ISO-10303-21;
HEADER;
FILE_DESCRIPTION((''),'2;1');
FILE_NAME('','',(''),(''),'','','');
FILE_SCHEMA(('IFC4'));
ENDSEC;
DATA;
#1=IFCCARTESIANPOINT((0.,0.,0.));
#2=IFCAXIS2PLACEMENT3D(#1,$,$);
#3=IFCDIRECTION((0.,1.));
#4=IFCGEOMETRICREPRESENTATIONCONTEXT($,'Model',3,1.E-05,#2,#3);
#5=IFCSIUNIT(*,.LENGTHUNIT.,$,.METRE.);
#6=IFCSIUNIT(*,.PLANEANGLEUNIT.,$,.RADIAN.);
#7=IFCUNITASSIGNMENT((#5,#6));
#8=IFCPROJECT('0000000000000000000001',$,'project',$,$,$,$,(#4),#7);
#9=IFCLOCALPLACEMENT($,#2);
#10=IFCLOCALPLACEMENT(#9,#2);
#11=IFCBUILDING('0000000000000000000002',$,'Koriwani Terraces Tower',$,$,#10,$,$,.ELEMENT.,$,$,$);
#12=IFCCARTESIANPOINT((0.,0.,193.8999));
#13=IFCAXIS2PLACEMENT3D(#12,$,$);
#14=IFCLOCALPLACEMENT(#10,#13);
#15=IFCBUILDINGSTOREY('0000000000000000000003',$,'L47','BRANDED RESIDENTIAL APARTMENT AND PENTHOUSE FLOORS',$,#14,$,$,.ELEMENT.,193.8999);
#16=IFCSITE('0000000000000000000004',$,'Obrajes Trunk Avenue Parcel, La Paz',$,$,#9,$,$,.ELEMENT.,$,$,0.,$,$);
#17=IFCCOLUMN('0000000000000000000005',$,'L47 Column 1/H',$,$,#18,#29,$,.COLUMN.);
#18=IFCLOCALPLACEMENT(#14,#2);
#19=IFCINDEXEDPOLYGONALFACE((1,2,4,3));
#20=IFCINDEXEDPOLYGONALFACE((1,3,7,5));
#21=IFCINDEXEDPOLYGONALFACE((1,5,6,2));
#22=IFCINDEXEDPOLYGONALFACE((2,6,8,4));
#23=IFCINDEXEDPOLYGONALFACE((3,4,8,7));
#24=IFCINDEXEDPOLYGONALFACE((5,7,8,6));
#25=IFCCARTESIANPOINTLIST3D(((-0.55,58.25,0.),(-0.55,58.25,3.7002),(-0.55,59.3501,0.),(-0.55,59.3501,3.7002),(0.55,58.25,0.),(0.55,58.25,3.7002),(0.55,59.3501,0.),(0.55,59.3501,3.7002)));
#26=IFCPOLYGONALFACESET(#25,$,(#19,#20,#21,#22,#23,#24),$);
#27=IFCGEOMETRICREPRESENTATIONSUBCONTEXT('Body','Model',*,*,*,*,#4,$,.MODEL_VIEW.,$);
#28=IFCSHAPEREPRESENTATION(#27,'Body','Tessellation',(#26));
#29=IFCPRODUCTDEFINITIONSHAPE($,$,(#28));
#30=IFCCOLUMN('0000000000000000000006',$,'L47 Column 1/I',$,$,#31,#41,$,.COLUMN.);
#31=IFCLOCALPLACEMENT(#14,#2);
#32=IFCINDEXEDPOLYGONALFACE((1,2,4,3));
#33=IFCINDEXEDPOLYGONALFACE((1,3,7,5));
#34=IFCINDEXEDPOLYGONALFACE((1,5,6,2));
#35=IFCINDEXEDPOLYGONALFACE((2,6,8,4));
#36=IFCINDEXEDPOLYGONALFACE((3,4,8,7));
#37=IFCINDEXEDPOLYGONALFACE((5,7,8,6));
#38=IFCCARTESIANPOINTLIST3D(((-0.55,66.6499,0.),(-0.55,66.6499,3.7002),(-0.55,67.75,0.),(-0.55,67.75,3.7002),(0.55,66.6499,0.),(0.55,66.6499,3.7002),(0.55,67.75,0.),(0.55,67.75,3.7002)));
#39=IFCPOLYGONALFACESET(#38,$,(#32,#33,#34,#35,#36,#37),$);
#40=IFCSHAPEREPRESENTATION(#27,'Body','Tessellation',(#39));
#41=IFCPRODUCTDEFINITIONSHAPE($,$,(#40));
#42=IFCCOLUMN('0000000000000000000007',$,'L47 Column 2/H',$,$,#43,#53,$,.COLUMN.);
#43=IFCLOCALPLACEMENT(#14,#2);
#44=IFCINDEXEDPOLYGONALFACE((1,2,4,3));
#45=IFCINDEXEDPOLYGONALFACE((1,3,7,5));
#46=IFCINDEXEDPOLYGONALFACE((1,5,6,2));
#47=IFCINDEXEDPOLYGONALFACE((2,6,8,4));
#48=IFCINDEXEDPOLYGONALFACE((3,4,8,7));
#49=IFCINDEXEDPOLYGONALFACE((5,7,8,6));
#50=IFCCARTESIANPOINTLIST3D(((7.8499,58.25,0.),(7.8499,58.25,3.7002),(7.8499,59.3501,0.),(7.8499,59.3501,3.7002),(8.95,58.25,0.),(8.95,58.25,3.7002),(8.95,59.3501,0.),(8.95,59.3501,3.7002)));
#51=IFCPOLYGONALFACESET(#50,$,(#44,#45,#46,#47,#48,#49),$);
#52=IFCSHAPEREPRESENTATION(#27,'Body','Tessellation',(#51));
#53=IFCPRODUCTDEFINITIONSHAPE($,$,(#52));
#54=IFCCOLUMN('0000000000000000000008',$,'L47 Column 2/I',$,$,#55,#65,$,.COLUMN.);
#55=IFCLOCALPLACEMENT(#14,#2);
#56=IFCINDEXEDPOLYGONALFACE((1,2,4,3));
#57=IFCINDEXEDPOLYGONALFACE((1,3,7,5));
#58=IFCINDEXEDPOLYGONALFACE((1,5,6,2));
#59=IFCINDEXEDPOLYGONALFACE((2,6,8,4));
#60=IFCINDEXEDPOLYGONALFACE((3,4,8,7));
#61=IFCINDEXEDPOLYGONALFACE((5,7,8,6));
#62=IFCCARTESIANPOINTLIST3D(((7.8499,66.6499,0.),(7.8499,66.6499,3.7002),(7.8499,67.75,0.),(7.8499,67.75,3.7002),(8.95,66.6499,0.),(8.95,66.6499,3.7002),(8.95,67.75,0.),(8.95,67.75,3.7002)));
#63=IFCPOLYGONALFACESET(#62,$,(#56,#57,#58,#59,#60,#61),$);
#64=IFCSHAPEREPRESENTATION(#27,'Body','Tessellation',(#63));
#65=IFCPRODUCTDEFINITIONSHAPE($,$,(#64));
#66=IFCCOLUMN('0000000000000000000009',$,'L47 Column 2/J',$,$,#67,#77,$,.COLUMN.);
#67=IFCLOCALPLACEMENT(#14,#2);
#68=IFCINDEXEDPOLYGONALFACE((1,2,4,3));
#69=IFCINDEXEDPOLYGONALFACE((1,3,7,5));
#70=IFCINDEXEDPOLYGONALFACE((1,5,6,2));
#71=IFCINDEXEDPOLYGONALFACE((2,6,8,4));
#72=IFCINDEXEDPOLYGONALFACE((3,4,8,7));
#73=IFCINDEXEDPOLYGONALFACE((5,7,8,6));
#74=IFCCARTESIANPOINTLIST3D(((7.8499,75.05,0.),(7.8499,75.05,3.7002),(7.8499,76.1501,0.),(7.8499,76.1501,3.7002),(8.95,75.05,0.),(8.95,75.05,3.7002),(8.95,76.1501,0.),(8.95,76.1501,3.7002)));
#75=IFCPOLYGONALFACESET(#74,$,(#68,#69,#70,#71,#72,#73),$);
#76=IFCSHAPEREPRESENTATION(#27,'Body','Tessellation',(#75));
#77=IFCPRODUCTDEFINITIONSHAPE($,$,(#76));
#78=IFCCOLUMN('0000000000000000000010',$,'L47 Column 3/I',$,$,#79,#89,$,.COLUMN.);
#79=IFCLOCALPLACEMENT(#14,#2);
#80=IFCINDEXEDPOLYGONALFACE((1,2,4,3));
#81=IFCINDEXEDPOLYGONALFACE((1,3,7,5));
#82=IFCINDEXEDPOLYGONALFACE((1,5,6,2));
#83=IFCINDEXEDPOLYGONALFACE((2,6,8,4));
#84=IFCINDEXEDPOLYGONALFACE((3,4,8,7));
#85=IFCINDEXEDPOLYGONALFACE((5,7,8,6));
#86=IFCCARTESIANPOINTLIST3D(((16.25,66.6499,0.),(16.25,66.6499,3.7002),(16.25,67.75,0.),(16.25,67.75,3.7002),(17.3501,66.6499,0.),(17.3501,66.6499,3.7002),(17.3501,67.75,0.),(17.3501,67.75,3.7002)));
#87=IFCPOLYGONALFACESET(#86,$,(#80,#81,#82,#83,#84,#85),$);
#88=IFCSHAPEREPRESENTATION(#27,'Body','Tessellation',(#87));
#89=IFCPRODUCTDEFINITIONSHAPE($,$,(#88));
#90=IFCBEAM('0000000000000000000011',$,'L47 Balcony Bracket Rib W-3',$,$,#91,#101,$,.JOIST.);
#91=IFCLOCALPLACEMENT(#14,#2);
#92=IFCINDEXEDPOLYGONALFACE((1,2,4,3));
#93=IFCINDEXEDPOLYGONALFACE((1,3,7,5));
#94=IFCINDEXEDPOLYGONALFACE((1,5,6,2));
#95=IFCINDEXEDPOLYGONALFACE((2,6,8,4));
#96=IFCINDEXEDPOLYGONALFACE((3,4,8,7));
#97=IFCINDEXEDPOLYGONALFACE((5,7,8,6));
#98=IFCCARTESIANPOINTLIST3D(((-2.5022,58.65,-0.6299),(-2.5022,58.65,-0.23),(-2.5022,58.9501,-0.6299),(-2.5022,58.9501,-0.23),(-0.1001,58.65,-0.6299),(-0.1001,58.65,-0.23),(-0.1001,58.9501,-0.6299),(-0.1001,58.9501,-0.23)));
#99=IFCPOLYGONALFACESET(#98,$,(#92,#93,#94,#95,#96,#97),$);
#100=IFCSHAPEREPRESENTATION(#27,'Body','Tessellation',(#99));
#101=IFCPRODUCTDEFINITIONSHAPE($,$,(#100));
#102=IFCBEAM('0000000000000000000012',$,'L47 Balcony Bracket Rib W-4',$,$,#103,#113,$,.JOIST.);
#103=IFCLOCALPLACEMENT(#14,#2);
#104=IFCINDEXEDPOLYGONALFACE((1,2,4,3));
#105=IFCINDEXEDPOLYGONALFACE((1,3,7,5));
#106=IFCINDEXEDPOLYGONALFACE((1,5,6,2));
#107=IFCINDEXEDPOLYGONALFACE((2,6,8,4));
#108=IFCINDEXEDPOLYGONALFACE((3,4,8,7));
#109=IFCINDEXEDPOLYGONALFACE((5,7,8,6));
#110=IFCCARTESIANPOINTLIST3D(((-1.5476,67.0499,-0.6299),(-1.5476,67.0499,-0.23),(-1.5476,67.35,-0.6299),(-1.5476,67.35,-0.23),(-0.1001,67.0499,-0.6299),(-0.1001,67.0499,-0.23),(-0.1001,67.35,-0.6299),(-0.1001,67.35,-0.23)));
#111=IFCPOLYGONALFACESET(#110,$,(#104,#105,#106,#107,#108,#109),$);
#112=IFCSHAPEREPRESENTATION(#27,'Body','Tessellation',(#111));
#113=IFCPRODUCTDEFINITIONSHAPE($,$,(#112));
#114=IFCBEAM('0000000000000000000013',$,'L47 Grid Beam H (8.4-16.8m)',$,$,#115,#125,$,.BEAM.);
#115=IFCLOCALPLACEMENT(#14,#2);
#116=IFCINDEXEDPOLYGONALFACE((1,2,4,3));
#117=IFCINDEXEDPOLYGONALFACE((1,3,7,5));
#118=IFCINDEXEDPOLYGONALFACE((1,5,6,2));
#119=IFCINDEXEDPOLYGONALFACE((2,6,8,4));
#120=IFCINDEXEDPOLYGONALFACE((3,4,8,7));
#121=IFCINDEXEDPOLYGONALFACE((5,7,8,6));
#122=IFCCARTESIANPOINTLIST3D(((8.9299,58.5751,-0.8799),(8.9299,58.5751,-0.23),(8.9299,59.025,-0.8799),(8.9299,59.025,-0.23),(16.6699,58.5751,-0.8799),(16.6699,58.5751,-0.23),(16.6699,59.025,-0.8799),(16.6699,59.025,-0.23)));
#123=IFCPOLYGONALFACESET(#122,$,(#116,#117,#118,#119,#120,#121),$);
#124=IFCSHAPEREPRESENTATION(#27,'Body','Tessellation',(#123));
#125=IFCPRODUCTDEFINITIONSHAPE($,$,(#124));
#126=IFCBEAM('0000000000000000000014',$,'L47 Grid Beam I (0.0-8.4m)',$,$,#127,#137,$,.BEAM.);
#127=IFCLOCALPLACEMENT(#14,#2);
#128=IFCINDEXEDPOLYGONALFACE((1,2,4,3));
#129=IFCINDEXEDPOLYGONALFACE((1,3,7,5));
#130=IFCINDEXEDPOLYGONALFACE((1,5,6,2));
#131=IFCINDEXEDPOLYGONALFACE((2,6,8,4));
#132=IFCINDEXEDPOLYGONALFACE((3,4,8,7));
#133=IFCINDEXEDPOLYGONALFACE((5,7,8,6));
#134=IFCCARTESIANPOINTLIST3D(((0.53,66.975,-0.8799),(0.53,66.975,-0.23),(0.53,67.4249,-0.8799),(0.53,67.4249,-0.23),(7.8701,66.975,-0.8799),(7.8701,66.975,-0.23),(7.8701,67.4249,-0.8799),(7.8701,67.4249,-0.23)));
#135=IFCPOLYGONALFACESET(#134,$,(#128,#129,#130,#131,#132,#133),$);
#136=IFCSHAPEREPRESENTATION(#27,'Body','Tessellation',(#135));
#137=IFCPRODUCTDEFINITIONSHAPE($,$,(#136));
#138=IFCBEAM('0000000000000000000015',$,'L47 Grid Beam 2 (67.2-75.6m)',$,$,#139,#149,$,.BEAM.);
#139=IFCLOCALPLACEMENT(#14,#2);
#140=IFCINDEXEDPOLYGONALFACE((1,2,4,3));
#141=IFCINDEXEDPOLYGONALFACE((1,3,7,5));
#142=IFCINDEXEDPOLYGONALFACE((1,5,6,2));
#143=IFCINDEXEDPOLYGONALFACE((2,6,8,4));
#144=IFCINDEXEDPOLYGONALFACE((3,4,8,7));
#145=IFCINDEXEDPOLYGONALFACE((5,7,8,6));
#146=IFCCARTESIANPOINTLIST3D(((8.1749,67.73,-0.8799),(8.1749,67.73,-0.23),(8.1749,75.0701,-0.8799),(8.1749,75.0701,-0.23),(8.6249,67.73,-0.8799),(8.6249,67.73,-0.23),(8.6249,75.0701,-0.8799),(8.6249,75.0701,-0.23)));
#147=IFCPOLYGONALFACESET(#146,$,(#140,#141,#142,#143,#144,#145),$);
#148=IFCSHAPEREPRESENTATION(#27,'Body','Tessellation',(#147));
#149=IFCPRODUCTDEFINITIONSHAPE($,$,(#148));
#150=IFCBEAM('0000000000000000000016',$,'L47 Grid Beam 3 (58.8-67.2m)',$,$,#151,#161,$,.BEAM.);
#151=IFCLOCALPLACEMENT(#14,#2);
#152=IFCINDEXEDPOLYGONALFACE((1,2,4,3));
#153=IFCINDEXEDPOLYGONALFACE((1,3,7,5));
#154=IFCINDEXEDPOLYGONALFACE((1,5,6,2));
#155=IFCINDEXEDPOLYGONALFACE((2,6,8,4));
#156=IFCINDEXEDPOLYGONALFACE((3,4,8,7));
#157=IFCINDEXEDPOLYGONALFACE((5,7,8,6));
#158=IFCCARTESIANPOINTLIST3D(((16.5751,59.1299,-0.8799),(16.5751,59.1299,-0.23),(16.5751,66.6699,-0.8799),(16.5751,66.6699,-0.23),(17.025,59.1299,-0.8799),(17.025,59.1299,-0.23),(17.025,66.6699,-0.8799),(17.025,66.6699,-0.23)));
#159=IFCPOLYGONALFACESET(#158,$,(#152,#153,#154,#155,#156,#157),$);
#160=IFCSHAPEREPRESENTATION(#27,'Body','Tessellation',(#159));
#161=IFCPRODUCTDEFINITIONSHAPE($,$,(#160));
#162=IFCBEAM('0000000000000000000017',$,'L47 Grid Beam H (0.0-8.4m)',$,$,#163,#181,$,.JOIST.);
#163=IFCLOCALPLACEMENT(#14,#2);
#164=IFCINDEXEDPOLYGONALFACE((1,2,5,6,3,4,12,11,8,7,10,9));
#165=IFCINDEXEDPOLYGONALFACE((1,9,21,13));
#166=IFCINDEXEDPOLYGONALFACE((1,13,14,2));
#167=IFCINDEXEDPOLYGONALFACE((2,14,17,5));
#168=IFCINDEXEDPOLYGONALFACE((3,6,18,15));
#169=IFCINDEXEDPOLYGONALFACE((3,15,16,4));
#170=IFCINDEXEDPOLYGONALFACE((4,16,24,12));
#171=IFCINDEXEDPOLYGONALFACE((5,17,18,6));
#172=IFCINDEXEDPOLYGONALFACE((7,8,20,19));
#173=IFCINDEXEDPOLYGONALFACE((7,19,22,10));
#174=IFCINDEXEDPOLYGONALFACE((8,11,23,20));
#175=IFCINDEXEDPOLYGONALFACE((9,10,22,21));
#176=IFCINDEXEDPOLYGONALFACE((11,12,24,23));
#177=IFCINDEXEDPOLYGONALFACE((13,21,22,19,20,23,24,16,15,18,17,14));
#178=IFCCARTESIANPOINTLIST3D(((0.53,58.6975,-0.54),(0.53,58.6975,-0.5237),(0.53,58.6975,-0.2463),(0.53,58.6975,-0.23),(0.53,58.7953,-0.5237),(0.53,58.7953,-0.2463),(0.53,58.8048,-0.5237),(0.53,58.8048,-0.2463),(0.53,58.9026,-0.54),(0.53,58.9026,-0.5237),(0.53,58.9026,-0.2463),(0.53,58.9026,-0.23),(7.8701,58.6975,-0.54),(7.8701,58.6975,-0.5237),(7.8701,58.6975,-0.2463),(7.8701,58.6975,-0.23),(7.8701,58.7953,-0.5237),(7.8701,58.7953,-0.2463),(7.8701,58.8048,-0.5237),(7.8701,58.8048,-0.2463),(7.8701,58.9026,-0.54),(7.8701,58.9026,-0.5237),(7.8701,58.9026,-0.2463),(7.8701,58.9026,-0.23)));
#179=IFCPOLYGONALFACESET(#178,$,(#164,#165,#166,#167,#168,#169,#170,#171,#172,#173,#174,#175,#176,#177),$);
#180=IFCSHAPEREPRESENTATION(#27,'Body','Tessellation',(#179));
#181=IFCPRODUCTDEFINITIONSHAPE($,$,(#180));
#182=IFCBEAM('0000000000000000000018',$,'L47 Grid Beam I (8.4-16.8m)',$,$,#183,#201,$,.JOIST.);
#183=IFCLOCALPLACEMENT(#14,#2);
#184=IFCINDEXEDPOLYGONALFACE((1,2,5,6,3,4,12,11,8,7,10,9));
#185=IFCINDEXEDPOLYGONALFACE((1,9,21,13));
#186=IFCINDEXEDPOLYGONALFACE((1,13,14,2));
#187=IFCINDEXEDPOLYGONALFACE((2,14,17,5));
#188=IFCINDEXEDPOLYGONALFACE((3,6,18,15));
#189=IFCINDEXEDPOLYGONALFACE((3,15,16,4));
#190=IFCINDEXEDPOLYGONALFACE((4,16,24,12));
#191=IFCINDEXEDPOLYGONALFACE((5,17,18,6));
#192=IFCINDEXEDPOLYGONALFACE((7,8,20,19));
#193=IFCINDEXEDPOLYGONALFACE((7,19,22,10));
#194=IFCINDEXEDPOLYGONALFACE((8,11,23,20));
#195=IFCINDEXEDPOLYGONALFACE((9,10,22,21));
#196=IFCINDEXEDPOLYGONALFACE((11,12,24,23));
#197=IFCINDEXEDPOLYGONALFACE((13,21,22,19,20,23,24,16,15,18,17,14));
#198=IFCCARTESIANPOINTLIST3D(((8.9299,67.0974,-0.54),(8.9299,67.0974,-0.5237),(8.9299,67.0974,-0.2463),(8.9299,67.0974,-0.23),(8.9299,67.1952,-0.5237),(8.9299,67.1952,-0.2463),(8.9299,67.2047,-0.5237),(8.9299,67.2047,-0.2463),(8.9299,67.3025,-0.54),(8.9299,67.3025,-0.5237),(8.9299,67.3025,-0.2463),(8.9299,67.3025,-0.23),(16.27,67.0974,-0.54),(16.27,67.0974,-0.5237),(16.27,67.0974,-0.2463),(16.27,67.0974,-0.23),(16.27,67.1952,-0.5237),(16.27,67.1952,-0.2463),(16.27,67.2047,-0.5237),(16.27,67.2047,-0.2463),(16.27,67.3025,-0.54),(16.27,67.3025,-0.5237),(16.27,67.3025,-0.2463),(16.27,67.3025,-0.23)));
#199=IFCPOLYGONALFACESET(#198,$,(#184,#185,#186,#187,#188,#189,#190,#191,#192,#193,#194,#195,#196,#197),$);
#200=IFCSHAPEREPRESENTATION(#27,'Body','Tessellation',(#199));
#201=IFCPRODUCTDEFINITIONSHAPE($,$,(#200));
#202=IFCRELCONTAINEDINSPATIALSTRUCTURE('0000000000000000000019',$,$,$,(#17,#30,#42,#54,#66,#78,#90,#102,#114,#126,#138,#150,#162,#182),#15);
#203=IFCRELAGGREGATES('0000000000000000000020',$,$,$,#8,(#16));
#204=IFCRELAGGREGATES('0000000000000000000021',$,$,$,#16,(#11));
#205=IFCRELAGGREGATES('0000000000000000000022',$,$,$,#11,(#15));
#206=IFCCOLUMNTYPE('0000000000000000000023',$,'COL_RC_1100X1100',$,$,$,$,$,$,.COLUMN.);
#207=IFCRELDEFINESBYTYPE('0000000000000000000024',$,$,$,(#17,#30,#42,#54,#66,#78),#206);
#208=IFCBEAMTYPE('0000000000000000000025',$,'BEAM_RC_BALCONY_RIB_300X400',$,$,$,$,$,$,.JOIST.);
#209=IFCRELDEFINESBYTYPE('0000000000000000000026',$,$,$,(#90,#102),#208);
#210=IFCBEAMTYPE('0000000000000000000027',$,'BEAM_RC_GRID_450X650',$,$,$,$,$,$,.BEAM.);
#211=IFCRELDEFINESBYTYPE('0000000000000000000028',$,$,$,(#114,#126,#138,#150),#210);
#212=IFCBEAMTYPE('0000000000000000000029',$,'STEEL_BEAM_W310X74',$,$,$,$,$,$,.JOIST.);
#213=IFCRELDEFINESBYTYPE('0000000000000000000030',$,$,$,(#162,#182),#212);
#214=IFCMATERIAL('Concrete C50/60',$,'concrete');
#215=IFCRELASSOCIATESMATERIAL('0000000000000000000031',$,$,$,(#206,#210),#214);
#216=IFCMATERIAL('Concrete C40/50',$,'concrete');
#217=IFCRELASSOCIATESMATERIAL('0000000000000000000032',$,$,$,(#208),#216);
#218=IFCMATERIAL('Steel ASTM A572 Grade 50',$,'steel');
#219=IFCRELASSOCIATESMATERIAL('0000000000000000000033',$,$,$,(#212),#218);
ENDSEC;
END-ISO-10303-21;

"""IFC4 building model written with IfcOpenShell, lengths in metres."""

from ifc_helpers import new_model, si_unit, direction, frame, origin, origin_2d, place, context, subcontext, project, spatial, rectangle, i_section, extrude, material, material_profile, profile_set, type_object, element, save


model = new_model("IFC4")

# Units and contexts
model_context = context("Model", 3, precision=1e-05, world=origin(), true_north=direction((0.0, 1.0)))
body_context = subcontext(model_context, "Body", "Model", "MODEL_VIEW")
ifc_project = project(units=[si_unit("LENGTHUNIT", "METRE"), si_unit("PLANEANGLEUNIT", "RADIAN")], contexts=[model_context])

# Site, building, storey
site_placement = place(None, origin())
site = spatial("IfcSite", under=ifc_project, at=site_placement, Name="Obrajes Trunk Avenue Parcel, La Paz", CompositionType="ELEMENT", RefElevation=0.0)
building_placement = place(site_placement, origin())
building = spatial("IfcBuilding", under=site, at=building_placement, Name="Koriwani Terraces Tower", CompositionType="ELEMENT")
storey_placement = place(building_placement, frame((0.0, 0.0, 193.8999)))
storey = spatial("IfcBuildingStorey", under=building, at=storey_placement, Name="L47", Description="BRANDED RESIDENTIAL APARTMENT AND PENTHOUSE FLOORS", CompositionType="ELEMENT", Elevation=193.8999)

# Columns
ifc_material_1 = material(Name="Concrete C50/60", Category="concrete")
ifc_material_profile_1 = material_profile(ifc_material_1, rectangle(XDim=1.1001, YDim=1.1001, at=origin_2d()), Name="Concrete C50/60", Category="LoadBearing")
ifc_profile_set_1 = profile_set([ifc_material_profile_1], Name="Concrete C50/60")
column_type = type_object("IfcColumnType", Name="COL_RC_1100X1100", PredefinedType="COLUMN", material=ifc_profile_set_1)
for number, where, z_axis, x_axis, name in (
    (1, (0.0, 58.8, 0.0), (0.0, 0.0, 1.0), (1.0, 0.0, 0.0), "L47 Column 1/H"),
    (2, (0.0, 67.2, 0.0), (0.0, 0.0, 1.0), (1.0, 0.0, 0.0), "L47 Column 1/I"),
    (3, (8.3999, 58.8, 0.0), (0.0, 0.0, 1.0), (1.0, 0.0, 0.0), "L47 Column 2/H"),
    (4, (8.3999, 67.2, 0.0), (0.0, 0.0, 1.0), (1.0, 0.0, 0.0), "L47 Column 2/I"),
    (5, (8.3999, 75.6001, 0.0), (0.0, 0.0, 1.0), (1.0, 0.0, 0.0), "L47 Column 2/J"),
    (6, (16.8, 67.2, 0.0), (0.0, 0.0, 1.0), (1.0, 0.0, 0.0), "L47 Column 3/I"),
):
    element("IfcColumn", number, at=place(storey_placement, frame(where, z_axis=z_axis, x_axis=x_axis)), inside=storey, type_object=column_type, Name=name, PredefinedType="COLUMN", context=body_context, shape_type="SweptSolid", body=[
        extrude(rectangle(XDim=1.1001, YDim=1.1001, at=origin_2d()), origin(), (0.0, 0.0, 1.0), 3.7002),
    ])

# Beams
ifc_material_2 = material(Name="Concrete C40/50", Category="concrete")
ifc_material_profile_2 = material_profile(ifc_material_2, rectangle(XDim=0.3, YDim=0.3999, at=origin_2d()), Name="Concrete C40/50", Category="LoadBearing")
ifc_profile_set_2 = profile_set([ifc_material_profile_2], Name="Concrete C40/50")
beam_type_1 = type_object("IfcBeamType", Name="BEAM_RC_BALCONY_RIB_300X400", PredefinedType="JOIST", material=ifc_profile_set_2)
beam_1_placement = place(storey_placement, frame((-2.5022, 58.8, -0.4299), z_axis=(1.0, 0.0, 0.0), x_axis=(0.0, 1.0, 0.0)))
element("IfcBeam", 7, at=beam_1_placement, inside=storey, type_object=beam_type_1, Name="L47 Balcony Bracket Rib W-3", PredefinedType="JOIST", context=body_context, shape_type="SweptSolid", body=[
    extrude(rectangle(XDim=0.3, YDim=0.3999, at=origin_2d()), origin(), (0.0, 0.0, 1.0), 2.4021),
])
beam_2_placement = place(storey_placement, frame((-1.5476, 67.2, -0.4299), z_axis=(1.0, 0.0, 0.0), x_axis=(0.0, 1.0, 0.0)))
element("IfcBeam", 8, at=beam_2_placement, inside=storey, type_object=beam_type_1, Name="L47 Balcony Bracket Rib W-4", PredefinedType="JOIST", context=body_context, shape_type="SweptSolid", body=[
    extrude(rectangle(XDim=0.3, YDim=0.3999, at=origin_2d()), origin(), (0.0, 0.0, 1.0), 1.4475),
])
ifc_material_profile_3 = material_profile(ifc_material_1, rectangle(XDim=0.45, YDim=0.6499, at=origin_2d()), Name="Concrete C50/60", Category="LoadBearing")
ifc_profile_set_3 = profile_set([ifc_material_profile_3], Name="Concrete C50/60")
beam_type_2 = type_object("IfcBeamType", Name="BEAM_RC_GRID_450X650", PredefinedType="BEAM", material=ifc_profile_set_3)
beam_3_placement = place(storey_placement, frame((8.9299, 58.8, -0.5549), z_axis=(1.0, 0.0, 0.0), x_axis=(0.0, 1.0, 0.0)))
element("IfcBeam", 9, at=beam_3_placement, inside=storey, type_object=beam_type_2, Name="L47 Grid Beam H (8.4-16.8m)", PredefinedType="BEAM", context=body_context, shape_type="SweptSolid", body=[
    extrude(rectangle(XDim=0.45, YDim=0.6499, at=origin_2d()), origin(), (0.0, 0.0, 1.0), 7.74),
])
for number, where, z_axis, x_axis, name in (
    (10, (0.53, 67.2, -0.5549), (1.0, 0.0, 0.0), (0.0, 1.0, 0.0), "L47 Grid Beam I (0.0-8.4m)"),
    (11, (8.3999, 67.73, -0.5549), (0.0, 1.0, 0.0), (-1.0, 0.0, 0.0), "L47 Grid Beam 2 (67.2-75.6m)"),
):
    element("IfcBeam", number, at=place(storey_placement, frame(where, z_axis=z_axis, x_axis=x_axis)), inside=storey, type_object=beam_type_2, Name=name, PredefinedType="BEAM", context=body_context, shape_type="SweptSolid", body=[
        extrude(rectangle(XDim=0.45, YDim=0.6499, at=origin_2d()), origin(), (0.0, 0.0, 1.0), 7.3401),
    ])
beam_4_placement = place(storey_placement, frame((16.8, 59.1299, -0.5549), z_axis=(0.0, 1.0, 0.0), x_axis=(-1.0, 0.0, 0.0)))
element("IfcBeam", 12, at=beam_4_placement, inside=storey, type_object=beam_type_2, Name="L47 Grid Beam 3 (58.8-67.2m)", PredefinedType="BEAM", context=body_context, shape_type="SweptSolid", body=[
    extrude(rectangle(XDim=0.45, YDim=0.6499, at=origin_2d()), origin(), (0.0, 0.0, 1.0), 7.54),
])
ifc_material_3 = material(Name="Steel ASTM A572 Grade 50", Category="steel")
ifc_material_profile_4 = material_profile(ifc_material_3, i_section(OverallWidth=0.2051, OverallDepth=0.3101, WebThickness=0.0095, FlangeThickness=0.0164, at=origin_2d()), Name="Steel ASTM A572 Grade 50", Category="LoadBearing")
ifc_profile_set_4 = profile_set([ifc_material_profile_4], Name="Steel ASTM A572 Grade 50")
beam_type_3 = type_object("IfcBeamType", Name="STEEL_BEAM_W310X74", PredefinedType="JOIST", material=ifc_profile_set_4)
for number, where, z_axis, x_axis, name in (
    (13, (0.53, 58.8, -0.385), (1.0, 0.0, 0.0), (0.0, 1.0, 0.0), "L47 Grid Beam H (0.0-8.4m)"),
    (14, (8.9299, 67.2, -0.385), (1.0, 0.0, 0.0), (0.0, 1.0, 0.0), "L47 Grid Beam I (8.4-16.8m)"),
):
    element("IfcBeam", number, at=place(storey_placement, frame(where, z_axis=z_axis, x_axis=x_axis)), inside=storey, type_object=beam_type_3, Name=name, PredefinedType="JOIST", context=body_context, shape_type="SweptSolid", body=[
        extrude(i_section(OverallWidth=0.2051, OverallDepth=0.3101, WebThickness=0.0095, FlangeThickness=0.0164, at=origin_2d()), origin(), (0.0, 0.0, 1.0), 7.3401),
    ])

save(model, "model.ifc")
